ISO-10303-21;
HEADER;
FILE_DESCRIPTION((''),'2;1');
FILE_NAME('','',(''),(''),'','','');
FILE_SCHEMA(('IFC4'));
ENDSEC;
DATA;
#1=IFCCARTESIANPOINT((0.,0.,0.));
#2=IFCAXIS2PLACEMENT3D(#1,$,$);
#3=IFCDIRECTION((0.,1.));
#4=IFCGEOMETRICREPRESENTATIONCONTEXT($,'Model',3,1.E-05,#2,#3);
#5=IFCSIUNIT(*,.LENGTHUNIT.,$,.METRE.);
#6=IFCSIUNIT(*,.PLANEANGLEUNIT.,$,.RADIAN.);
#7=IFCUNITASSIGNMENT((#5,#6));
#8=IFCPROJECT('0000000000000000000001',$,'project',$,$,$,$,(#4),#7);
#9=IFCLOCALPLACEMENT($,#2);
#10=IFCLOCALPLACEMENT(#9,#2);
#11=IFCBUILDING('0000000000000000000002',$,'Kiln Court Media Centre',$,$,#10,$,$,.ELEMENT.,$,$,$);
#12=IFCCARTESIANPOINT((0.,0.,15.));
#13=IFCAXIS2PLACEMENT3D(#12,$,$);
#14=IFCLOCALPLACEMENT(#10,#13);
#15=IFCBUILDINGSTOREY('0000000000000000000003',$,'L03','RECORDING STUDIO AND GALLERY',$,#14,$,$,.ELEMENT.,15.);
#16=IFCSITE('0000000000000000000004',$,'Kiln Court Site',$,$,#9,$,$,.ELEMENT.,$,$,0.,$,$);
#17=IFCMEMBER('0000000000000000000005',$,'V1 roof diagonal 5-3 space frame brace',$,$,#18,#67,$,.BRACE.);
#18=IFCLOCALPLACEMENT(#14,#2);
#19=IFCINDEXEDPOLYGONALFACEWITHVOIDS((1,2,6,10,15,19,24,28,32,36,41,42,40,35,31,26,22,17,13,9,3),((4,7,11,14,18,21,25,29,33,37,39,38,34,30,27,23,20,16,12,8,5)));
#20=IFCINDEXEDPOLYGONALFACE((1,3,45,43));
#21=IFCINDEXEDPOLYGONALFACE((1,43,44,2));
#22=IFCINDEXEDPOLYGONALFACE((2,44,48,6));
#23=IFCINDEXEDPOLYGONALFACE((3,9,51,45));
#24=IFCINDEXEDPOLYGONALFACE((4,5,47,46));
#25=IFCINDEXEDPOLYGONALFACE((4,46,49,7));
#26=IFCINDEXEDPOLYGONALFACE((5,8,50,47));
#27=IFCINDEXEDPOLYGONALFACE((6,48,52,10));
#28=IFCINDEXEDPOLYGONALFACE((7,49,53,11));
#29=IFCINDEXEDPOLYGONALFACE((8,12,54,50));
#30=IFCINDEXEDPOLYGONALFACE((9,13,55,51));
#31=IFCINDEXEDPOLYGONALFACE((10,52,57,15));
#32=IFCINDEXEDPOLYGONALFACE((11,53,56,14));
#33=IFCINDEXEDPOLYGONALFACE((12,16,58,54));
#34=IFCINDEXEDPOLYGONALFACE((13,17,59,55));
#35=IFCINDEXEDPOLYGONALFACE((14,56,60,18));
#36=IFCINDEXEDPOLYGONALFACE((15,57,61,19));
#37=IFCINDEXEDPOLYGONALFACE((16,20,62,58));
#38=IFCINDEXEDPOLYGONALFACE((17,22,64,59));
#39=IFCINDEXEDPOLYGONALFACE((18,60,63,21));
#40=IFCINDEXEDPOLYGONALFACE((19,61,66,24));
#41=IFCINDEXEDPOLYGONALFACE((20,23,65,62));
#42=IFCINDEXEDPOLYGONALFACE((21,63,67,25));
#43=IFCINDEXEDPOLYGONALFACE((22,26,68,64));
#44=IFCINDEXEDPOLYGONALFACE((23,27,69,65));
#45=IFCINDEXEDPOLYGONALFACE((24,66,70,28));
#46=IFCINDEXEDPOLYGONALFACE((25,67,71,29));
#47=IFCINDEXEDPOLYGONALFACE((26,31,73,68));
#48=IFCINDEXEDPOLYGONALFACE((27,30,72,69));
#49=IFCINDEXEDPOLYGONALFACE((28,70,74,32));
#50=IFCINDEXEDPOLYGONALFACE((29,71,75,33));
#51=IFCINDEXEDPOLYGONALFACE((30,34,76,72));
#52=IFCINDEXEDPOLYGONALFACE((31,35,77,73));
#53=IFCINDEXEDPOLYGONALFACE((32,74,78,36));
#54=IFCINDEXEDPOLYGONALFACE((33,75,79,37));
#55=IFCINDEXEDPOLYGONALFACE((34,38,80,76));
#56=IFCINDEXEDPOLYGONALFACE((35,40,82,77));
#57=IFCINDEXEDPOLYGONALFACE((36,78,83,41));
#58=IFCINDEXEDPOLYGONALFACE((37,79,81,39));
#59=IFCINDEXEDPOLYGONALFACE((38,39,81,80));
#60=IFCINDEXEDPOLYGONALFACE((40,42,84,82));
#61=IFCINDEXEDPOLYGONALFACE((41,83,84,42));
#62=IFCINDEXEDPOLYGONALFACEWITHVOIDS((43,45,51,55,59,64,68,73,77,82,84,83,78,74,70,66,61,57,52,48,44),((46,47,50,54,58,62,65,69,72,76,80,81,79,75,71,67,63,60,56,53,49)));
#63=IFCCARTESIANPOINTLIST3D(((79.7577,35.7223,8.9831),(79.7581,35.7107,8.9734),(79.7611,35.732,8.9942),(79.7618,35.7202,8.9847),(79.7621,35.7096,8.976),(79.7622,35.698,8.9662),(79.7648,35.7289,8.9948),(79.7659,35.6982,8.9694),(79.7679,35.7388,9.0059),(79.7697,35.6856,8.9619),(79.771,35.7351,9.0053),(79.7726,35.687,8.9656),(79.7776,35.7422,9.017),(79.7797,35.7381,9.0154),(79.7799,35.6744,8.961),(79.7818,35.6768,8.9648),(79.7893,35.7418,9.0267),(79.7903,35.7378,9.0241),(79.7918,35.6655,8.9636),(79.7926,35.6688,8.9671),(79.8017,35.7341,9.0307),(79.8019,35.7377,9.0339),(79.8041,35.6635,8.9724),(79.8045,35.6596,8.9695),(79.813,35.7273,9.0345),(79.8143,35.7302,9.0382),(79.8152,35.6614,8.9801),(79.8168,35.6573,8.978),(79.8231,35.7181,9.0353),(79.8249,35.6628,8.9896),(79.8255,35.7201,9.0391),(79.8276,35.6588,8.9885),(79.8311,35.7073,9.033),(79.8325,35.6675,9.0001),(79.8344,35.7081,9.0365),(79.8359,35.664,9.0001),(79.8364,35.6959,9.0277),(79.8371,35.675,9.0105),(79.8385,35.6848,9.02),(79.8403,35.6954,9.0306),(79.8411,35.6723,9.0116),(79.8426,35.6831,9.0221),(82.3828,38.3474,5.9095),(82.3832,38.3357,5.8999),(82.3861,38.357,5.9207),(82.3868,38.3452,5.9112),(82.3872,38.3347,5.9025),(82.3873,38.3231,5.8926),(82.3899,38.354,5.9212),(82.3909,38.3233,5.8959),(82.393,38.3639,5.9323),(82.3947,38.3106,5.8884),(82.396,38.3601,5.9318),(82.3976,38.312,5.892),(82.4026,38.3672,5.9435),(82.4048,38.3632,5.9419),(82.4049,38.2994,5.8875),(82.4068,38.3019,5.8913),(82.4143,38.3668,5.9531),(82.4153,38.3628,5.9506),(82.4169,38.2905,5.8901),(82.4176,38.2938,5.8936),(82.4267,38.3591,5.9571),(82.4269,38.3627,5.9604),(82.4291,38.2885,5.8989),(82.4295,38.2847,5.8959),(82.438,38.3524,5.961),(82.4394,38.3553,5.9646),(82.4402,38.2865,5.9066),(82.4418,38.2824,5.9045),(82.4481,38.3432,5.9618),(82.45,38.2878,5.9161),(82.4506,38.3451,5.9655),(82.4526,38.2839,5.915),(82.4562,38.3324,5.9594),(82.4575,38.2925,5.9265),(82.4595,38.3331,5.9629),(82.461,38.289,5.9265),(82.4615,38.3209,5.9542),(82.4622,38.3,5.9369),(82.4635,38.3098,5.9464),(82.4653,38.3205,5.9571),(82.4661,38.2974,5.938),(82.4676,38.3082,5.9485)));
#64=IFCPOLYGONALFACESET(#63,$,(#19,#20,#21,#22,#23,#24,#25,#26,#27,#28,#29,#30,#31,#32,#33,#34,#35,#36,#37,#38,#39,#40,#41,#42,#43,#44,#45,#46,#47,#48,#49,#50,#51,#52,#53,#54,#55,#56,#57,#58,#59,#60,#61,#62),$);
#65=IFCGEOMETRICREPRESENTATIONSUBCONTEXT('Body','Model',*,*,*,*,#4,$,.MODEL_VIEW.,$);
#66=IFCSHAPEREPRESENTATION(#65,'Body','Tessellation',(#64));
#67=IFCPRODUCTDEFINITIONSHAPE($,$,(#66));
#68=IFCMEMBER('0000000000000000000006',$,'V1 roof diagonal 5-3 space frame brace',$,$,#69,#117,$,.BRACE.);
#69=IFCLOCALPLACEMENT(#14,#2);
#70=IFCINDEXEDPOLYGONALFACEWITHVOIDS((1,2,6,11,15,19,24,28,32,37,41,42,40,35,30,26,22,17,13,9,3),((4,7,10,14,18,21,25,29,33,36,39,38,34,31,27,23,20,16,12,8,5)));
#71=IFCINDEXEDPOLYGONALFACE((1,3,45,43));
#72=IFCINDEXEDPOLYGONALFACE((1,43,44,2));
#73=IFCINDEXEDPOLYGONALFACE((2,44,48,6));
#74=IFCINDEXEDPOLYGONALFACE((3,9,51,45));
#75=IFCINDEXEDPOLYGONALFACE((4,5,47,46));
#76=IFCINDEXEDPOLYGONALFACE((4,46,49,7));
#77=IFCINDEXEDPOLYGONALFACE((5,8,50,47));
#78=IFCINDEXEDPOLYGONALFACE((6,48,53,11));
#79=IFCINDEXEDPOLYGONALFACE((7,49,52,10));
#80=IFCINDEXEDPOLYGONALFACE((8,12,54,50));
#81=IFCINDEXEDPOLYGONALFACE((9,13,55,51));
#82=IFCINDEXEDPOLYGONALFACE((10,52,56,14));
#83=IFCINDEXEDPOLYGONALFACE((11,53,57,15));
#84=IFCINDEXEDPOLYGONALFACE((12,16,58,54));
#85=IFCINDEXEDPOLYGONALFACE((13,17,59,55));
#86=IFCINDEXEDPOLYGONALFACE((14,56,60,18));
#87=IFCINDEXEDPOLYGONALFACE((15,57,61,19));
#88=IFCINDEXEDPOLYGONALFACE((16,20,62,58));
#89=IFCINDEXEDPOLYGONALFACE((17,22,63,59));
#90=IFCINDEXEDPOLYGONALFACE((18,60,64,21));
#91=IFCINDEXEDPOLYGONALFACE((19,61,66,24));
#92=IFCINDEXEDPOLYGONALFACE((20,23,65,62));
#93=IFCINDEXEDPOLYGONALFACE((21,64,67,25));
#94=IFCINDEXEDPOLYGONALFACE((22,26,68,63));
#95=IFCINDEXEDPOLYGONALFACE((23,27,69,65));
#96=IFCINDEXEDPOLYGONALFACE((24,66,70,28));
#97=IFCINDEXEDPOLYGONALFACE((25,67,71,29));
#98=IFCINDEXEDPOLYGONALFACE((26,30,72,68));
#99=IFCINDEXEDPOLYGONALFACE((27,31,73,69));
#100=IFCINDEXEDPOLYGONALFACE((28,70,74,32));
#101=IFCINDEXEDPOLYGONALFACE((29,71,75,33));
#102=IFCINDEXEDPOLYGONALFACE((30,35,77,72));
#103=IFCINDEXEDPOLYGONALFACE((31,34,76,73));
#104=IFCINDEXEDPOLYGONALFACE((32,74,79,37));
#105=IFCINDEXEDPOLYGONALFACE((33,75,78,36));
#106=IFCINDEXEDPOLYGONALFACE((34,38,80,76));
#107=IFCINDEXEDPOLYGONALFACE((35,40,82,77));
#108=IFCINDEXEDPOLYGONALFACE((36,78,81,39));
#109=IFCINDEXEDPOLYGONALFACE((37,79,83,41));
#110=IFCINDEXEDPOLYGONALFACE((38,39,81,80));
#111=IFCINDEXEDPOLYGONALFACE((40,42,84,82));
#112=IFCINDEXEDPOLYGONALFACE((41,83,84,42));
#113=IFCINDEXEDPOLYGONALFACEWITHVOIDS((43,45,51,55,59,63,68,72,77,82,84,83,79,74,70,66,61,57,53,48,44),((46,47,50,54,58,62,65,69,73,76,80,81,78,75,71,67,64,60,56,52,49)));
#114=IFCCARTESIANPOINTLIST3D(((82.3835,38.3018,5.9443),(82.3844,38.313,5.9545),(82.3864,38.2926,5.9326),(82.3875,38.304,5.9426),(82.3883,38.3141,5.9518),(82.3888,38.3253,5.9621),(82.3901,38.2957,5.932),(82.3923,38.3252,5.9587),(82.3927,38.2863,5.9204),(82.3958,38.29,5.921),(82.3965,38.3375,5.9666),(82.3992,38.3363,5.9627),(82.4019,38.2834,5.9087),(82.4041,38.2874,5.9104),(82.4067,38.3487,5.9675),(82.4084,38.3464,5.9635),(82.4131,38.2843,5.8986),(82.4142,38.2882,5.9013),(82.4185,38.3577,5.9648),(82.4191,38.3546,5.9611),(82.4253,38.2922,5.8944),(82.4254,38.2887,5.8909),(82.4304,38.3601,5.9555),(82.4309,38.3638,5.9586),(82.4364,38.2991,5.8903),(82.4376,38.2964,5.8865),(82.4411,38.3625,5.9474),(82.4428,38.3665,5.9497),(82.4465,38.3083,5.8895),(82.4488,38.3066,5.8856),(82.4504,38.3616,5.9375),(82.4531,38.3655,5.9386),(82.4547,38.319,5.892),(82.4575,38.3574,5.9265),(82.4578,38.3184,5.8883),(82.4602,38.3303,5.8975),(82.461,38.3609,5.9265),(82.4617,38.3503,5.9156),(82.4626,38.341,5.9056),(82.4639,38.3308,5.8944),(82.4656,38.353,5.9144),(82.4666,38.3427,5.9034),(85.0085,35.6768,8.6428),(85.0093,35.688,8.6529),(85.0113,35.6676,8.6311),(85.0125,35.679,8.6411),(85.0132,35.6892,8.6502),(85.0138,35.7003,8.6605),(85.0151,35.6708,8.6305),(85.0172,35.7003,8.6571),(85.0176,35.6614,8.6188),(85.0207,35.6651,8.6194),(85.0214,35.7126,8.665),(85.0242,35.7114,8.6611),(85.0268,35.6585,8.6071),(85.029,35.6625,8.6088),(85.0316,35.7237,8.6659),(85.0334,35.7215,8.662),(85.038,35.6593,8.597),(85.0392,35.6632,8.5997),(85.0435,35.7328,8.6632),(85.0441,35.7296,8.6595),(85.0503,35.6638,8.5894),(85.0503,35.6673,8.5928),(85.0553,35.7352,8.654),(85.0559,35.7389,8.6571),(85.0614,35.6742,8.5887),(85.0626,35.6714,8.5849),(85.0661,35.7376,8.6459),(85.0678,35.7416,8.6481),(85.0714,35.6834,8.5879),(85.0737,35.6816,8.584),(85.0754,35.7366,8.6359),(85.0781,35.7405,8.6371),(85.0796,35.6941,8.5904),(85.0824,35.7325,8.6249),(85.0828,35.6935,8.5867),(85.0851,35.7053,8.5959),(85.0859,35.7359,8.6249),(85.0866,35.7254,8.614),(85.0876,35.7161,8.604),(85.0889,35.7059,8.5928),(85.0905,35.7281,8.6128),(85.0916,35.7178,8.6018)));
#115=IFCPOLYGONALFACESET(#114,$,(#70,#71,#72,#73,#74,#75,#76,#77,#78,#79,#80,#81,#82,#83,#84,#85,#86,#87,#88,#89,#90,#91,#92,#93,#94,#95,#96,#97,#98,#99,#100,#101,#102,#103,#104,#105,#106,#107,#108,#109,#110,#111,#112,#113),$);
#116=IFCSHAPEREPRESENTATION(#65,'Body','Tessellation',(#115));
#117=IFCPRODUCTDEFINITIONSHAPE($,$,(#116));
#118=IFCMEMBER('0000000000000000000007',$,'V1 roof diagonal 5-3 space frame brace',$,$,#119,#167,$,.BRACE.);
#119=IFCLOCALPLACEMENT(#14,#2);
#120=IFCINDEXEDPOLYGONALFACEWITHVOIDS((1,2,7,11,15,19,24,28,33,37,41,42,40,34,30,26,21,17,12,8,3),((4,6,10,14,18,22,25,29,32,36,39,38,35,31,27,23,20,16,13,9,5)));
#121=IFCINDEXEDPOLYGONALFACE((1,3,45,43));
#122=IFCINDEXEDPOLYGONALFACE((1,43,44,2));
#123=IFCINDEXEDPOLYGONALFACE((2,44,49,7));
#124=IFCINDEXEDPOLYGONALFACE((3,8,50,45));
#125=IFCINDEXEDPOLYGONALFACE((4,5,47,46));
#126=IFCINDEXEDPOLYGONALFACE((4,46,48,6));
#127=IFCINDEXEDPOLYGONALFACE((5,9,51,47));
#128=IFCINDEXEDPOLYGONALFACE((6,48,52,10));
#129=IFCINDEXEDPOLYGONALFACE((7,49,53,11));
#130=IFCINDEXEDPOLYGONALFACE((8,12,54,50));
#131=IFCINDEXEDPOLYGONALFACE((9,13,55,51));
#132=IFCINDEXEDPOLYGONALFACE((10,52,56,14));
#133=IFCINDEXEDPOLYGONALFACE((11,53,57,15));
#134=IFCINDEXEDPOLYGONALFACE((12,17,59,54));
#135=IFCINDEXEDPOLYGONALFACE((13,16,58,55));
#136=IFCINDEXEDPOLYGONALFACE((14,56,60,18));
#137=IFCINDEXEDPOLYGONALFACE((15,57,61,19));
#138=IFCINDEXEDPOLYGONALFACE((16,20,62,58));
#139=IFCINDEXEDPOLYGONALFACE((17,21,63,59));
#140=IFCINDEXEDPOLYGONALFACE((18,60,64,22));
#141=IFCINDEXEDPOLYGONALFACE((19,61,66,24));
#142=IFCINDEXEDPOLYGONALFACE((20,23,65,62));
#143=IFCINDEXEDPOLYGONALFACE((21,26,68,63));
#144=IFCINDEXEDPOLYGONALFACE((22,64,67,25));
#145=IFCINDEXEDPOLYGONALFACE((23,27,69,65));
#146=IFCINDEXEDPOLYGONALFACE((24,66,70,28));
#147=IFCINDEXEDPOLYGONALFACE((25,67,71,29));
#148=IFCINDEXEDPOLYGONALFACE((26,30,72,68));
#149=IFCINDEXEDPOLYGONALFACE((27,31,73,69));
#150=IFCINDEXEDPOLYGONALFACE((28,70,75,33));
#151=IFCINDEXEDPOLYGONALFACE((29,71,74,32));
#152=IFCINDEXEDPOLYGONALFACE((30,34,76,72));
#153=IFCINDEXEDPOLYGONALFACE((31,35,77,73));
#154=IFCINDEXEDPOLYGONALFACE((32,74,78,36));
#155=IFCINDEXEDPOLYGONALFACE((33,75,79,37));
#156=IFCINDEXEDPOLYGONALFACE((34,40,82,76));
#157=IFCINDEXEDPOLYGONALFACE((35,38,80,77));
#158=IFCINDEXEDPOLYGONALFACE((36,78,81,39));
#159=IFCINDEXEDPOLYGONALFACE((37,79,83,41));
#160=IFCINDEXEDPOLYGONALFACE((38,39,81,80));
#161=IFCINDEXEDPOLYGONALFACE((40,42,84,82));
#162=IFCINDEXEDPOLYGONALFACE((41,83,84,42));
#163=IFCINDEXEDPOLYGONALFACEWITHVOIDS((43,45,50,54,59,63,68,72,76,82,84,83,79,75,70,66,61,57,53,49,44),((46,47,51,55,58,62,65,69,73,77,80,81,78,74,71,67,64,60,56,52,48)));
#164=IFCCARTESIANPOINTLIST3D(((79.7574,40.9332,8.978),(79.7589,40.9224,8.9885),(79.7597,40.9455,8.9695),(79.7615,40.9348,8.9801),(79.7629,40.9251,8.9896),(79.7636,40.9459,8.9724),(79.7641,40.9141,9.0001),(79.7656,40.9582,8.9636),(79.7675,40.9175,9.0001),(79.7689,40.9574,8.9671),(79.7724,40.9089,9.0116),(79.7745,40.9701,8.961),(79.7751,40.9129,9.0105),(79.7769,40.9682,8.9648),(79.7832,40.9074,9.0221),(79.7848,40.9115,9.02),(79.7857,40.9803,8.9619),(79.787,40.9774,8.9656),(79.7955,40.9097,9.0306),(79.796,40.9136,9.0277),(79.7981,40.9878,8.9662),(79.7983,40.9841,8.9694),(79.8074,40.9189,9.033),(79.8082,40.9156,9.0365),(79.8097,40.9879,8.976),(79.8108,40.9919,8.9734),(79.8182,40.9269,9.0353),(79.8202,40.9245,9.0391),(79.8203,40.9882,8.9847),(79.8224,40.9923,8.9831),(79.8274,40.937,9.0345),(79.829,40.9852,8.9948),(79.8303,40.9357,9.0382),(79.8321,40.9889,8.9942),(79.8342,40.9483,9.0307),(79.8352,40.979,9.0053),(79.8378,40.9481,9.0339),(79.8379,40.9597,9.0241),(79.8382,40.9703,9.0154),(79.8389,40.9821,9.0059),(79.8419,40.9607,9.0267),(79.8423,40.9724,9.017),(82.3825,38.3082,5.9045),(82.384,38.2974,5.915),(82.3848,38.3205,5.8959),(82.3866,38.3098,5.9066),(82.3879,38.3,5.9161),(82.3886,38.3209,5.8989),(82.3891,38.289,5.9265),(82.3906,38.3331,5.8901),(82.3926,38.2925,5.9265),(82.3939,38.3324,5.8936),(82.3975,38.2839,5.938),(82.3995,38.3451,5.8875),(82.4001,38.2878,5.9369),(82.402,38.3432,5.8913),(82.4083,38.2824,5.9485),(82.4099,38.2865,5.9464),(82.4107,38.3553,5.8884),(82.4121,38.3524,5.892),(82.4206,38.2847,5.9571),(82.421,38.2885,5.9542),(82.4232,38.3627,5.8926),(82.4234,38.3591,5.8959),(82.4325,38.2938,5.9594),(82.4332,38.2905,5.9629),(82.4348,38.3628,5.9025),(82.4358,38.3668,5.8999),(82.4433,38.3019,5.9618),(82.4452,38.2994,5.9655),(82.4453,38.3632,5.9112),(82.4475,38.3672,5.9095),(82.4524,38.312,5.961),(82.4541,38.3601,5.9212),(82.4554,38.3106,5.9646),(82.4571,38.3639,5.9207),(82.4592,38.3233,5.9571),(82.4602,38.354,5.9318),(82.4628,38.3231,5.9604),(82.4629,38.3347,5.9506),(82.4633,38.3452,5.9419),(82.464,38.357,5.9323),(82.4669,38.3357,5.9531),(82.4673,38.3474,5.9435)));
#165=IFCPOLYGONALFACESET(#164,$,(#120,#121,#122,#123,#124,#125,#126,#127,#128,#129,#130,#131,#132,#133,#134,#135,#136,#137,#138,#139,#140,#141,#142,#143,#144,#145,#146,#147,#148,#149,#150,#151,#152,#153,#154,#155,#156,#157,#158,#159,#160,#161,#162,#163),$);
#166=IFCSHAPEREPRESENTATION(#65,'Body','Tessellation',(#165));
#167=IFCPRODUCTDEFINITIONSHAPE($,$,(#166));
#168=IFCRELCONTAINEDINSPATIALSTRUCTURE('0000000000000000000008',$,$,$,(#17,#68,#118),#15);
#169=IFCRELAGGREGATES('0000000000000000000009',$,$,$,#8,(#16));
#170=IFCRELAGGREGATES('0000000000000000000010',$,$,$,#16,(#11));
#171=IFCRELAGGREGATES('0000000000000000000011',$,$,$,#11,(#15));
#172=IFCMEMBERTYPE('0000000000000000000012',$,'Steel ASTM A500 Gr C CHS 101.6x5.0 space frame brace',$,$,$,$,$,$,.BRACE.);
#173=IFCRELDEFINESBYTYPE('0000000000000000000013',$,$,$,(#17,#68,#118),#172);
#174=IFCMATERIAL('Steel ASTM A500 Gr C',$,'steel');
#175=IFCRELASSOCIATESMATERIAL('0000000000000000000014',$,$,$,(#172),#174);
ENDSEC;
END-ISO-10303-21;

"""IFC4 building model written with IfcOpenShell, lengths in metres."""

from ifc_helpers import new_model, si_unit, direction, frame, origin, origin_2d, place, context, subcontext, project, spatial, hollow_circle, extrude, material, material_profile, profile_set, type_object, element, save


model = new_model("IFC4")

# Units and contexts
model_context = context("Model", 3, precision=1e-05, world=origin(), true_north=direction((0.0, 1.0)))
body_context = subcontext(model_context, "Body", "Model", "MODEL_VIEW")
ifc_project = project(units=[si_unit("LENGTHUNIT", "METRE"), si_unit("PLANEANGLEUNIT", "RADIAN")], contexts=[model_context])

# Site, building, storey
site_placement = place(None, origin())
site = spatial("IfcSite", under=ifc_project, at=site_placement, Name="Kiln Court Site", CompositionType="ELEMENT", RefElevation=0.0)
building_placement = place(site_placement, origin())
building = spatial("IfcBuilding", under=site, at=building_placement, Name="Kiln Court Media Centre", CompositionType="ELEMENT")
storey_placement = place(building_placement, frame((0.0, 0.0, 15.0)))
storey = spatial("IfcBuildingStorey", under=building, at=storey_placement, Name="L03", Description="RECORDING STUDIO AND GALLERY", CompositionType="ELEMENT", Elevation=15.0)

# Members
ifc_material_1 = material(Name="Steel ASTM A500 Gr C", Category="steel")
ifc_material_profile_1 = material_profile(ifc_material_1, hollow_circle(Radius=0.0508, WallThickness=0.0049, at=origin_2d()), Name="CHS 101.6x5.0")
ifc_profile_set_1 = profile_set([ifc_material_profile_1], Name="Steel ASTM A500 Gr C")
member_type_1 = type_object("IfcMemberType", Name="Steel ASTM A500 Gr C CHS 101.6x5.0 space frame brace", PredefinedType="BRACE", material=ifc_profile_set_1)
member_1_placement = place(storey_placement, frame((82.425, 38.325, 5.9265), z_axis=(-0.544662, -0.544662, 0.637719), x_axis=(0.707107, -0.707107, 0.0)))
element("IfcMember", 1, at=member_1_placement, inside=storey, type_object=member_type_1, Name="V1 roof diagonal 5-3 space frame brace", PredefinedType="BRACE", context=body_context, shape_type="SweptSolid", body=[
    extrude(hollow_circle(Radius=0.0508, WallThickness=0.0049, at=origin_2d()), origin(), (0.0, 0.0, 1.0), 4.8196),
])
member_2_placement = place(storey_placement, frame((82.425, 38.325, 5.9265), z_axis=(0.571964, -0.571964, 0.587976), x_axis=(0.707107, 0.707107, 0.0)))
element("IfcMember", 2, at=member_2_placement, inside=storey, type_object=member_type_1, Name="V1 roof diagonal 5-3 space frame brace", PredefinedType="BRACE", context=body_context, shape_type="SweptSolid", body=[
    extrude(hollow_circle(Radius=0.0508, WallThickness=0.0049, at=origin_2d()), origin(), (0.0, 0.0, 1.0), 4.5894),
])
member_3_placement = place(storey_placement, frame((82.425, 38.325, 5.9265), z_axis=(-0.544662, 0.544662, 0.637719), x_axis=(-0.707107, -0.707107, 0.0)))
element("IfcMember", 3, at=member_3_placement, inside=storey, type_object=member_type_1, Name="V1 roof diagonal 5-3 space frame brace", PredefinedType="BRACE", context=body_context, shape_type="SweptSolid", body=[
    extrude(hollow_circle(Radius=0.0508, WallThickness=0.0049, at=origin_2d()), origin(), (0.0, 0.0, 1.0), 4.8196),
])

save(model, "model.ifc")
